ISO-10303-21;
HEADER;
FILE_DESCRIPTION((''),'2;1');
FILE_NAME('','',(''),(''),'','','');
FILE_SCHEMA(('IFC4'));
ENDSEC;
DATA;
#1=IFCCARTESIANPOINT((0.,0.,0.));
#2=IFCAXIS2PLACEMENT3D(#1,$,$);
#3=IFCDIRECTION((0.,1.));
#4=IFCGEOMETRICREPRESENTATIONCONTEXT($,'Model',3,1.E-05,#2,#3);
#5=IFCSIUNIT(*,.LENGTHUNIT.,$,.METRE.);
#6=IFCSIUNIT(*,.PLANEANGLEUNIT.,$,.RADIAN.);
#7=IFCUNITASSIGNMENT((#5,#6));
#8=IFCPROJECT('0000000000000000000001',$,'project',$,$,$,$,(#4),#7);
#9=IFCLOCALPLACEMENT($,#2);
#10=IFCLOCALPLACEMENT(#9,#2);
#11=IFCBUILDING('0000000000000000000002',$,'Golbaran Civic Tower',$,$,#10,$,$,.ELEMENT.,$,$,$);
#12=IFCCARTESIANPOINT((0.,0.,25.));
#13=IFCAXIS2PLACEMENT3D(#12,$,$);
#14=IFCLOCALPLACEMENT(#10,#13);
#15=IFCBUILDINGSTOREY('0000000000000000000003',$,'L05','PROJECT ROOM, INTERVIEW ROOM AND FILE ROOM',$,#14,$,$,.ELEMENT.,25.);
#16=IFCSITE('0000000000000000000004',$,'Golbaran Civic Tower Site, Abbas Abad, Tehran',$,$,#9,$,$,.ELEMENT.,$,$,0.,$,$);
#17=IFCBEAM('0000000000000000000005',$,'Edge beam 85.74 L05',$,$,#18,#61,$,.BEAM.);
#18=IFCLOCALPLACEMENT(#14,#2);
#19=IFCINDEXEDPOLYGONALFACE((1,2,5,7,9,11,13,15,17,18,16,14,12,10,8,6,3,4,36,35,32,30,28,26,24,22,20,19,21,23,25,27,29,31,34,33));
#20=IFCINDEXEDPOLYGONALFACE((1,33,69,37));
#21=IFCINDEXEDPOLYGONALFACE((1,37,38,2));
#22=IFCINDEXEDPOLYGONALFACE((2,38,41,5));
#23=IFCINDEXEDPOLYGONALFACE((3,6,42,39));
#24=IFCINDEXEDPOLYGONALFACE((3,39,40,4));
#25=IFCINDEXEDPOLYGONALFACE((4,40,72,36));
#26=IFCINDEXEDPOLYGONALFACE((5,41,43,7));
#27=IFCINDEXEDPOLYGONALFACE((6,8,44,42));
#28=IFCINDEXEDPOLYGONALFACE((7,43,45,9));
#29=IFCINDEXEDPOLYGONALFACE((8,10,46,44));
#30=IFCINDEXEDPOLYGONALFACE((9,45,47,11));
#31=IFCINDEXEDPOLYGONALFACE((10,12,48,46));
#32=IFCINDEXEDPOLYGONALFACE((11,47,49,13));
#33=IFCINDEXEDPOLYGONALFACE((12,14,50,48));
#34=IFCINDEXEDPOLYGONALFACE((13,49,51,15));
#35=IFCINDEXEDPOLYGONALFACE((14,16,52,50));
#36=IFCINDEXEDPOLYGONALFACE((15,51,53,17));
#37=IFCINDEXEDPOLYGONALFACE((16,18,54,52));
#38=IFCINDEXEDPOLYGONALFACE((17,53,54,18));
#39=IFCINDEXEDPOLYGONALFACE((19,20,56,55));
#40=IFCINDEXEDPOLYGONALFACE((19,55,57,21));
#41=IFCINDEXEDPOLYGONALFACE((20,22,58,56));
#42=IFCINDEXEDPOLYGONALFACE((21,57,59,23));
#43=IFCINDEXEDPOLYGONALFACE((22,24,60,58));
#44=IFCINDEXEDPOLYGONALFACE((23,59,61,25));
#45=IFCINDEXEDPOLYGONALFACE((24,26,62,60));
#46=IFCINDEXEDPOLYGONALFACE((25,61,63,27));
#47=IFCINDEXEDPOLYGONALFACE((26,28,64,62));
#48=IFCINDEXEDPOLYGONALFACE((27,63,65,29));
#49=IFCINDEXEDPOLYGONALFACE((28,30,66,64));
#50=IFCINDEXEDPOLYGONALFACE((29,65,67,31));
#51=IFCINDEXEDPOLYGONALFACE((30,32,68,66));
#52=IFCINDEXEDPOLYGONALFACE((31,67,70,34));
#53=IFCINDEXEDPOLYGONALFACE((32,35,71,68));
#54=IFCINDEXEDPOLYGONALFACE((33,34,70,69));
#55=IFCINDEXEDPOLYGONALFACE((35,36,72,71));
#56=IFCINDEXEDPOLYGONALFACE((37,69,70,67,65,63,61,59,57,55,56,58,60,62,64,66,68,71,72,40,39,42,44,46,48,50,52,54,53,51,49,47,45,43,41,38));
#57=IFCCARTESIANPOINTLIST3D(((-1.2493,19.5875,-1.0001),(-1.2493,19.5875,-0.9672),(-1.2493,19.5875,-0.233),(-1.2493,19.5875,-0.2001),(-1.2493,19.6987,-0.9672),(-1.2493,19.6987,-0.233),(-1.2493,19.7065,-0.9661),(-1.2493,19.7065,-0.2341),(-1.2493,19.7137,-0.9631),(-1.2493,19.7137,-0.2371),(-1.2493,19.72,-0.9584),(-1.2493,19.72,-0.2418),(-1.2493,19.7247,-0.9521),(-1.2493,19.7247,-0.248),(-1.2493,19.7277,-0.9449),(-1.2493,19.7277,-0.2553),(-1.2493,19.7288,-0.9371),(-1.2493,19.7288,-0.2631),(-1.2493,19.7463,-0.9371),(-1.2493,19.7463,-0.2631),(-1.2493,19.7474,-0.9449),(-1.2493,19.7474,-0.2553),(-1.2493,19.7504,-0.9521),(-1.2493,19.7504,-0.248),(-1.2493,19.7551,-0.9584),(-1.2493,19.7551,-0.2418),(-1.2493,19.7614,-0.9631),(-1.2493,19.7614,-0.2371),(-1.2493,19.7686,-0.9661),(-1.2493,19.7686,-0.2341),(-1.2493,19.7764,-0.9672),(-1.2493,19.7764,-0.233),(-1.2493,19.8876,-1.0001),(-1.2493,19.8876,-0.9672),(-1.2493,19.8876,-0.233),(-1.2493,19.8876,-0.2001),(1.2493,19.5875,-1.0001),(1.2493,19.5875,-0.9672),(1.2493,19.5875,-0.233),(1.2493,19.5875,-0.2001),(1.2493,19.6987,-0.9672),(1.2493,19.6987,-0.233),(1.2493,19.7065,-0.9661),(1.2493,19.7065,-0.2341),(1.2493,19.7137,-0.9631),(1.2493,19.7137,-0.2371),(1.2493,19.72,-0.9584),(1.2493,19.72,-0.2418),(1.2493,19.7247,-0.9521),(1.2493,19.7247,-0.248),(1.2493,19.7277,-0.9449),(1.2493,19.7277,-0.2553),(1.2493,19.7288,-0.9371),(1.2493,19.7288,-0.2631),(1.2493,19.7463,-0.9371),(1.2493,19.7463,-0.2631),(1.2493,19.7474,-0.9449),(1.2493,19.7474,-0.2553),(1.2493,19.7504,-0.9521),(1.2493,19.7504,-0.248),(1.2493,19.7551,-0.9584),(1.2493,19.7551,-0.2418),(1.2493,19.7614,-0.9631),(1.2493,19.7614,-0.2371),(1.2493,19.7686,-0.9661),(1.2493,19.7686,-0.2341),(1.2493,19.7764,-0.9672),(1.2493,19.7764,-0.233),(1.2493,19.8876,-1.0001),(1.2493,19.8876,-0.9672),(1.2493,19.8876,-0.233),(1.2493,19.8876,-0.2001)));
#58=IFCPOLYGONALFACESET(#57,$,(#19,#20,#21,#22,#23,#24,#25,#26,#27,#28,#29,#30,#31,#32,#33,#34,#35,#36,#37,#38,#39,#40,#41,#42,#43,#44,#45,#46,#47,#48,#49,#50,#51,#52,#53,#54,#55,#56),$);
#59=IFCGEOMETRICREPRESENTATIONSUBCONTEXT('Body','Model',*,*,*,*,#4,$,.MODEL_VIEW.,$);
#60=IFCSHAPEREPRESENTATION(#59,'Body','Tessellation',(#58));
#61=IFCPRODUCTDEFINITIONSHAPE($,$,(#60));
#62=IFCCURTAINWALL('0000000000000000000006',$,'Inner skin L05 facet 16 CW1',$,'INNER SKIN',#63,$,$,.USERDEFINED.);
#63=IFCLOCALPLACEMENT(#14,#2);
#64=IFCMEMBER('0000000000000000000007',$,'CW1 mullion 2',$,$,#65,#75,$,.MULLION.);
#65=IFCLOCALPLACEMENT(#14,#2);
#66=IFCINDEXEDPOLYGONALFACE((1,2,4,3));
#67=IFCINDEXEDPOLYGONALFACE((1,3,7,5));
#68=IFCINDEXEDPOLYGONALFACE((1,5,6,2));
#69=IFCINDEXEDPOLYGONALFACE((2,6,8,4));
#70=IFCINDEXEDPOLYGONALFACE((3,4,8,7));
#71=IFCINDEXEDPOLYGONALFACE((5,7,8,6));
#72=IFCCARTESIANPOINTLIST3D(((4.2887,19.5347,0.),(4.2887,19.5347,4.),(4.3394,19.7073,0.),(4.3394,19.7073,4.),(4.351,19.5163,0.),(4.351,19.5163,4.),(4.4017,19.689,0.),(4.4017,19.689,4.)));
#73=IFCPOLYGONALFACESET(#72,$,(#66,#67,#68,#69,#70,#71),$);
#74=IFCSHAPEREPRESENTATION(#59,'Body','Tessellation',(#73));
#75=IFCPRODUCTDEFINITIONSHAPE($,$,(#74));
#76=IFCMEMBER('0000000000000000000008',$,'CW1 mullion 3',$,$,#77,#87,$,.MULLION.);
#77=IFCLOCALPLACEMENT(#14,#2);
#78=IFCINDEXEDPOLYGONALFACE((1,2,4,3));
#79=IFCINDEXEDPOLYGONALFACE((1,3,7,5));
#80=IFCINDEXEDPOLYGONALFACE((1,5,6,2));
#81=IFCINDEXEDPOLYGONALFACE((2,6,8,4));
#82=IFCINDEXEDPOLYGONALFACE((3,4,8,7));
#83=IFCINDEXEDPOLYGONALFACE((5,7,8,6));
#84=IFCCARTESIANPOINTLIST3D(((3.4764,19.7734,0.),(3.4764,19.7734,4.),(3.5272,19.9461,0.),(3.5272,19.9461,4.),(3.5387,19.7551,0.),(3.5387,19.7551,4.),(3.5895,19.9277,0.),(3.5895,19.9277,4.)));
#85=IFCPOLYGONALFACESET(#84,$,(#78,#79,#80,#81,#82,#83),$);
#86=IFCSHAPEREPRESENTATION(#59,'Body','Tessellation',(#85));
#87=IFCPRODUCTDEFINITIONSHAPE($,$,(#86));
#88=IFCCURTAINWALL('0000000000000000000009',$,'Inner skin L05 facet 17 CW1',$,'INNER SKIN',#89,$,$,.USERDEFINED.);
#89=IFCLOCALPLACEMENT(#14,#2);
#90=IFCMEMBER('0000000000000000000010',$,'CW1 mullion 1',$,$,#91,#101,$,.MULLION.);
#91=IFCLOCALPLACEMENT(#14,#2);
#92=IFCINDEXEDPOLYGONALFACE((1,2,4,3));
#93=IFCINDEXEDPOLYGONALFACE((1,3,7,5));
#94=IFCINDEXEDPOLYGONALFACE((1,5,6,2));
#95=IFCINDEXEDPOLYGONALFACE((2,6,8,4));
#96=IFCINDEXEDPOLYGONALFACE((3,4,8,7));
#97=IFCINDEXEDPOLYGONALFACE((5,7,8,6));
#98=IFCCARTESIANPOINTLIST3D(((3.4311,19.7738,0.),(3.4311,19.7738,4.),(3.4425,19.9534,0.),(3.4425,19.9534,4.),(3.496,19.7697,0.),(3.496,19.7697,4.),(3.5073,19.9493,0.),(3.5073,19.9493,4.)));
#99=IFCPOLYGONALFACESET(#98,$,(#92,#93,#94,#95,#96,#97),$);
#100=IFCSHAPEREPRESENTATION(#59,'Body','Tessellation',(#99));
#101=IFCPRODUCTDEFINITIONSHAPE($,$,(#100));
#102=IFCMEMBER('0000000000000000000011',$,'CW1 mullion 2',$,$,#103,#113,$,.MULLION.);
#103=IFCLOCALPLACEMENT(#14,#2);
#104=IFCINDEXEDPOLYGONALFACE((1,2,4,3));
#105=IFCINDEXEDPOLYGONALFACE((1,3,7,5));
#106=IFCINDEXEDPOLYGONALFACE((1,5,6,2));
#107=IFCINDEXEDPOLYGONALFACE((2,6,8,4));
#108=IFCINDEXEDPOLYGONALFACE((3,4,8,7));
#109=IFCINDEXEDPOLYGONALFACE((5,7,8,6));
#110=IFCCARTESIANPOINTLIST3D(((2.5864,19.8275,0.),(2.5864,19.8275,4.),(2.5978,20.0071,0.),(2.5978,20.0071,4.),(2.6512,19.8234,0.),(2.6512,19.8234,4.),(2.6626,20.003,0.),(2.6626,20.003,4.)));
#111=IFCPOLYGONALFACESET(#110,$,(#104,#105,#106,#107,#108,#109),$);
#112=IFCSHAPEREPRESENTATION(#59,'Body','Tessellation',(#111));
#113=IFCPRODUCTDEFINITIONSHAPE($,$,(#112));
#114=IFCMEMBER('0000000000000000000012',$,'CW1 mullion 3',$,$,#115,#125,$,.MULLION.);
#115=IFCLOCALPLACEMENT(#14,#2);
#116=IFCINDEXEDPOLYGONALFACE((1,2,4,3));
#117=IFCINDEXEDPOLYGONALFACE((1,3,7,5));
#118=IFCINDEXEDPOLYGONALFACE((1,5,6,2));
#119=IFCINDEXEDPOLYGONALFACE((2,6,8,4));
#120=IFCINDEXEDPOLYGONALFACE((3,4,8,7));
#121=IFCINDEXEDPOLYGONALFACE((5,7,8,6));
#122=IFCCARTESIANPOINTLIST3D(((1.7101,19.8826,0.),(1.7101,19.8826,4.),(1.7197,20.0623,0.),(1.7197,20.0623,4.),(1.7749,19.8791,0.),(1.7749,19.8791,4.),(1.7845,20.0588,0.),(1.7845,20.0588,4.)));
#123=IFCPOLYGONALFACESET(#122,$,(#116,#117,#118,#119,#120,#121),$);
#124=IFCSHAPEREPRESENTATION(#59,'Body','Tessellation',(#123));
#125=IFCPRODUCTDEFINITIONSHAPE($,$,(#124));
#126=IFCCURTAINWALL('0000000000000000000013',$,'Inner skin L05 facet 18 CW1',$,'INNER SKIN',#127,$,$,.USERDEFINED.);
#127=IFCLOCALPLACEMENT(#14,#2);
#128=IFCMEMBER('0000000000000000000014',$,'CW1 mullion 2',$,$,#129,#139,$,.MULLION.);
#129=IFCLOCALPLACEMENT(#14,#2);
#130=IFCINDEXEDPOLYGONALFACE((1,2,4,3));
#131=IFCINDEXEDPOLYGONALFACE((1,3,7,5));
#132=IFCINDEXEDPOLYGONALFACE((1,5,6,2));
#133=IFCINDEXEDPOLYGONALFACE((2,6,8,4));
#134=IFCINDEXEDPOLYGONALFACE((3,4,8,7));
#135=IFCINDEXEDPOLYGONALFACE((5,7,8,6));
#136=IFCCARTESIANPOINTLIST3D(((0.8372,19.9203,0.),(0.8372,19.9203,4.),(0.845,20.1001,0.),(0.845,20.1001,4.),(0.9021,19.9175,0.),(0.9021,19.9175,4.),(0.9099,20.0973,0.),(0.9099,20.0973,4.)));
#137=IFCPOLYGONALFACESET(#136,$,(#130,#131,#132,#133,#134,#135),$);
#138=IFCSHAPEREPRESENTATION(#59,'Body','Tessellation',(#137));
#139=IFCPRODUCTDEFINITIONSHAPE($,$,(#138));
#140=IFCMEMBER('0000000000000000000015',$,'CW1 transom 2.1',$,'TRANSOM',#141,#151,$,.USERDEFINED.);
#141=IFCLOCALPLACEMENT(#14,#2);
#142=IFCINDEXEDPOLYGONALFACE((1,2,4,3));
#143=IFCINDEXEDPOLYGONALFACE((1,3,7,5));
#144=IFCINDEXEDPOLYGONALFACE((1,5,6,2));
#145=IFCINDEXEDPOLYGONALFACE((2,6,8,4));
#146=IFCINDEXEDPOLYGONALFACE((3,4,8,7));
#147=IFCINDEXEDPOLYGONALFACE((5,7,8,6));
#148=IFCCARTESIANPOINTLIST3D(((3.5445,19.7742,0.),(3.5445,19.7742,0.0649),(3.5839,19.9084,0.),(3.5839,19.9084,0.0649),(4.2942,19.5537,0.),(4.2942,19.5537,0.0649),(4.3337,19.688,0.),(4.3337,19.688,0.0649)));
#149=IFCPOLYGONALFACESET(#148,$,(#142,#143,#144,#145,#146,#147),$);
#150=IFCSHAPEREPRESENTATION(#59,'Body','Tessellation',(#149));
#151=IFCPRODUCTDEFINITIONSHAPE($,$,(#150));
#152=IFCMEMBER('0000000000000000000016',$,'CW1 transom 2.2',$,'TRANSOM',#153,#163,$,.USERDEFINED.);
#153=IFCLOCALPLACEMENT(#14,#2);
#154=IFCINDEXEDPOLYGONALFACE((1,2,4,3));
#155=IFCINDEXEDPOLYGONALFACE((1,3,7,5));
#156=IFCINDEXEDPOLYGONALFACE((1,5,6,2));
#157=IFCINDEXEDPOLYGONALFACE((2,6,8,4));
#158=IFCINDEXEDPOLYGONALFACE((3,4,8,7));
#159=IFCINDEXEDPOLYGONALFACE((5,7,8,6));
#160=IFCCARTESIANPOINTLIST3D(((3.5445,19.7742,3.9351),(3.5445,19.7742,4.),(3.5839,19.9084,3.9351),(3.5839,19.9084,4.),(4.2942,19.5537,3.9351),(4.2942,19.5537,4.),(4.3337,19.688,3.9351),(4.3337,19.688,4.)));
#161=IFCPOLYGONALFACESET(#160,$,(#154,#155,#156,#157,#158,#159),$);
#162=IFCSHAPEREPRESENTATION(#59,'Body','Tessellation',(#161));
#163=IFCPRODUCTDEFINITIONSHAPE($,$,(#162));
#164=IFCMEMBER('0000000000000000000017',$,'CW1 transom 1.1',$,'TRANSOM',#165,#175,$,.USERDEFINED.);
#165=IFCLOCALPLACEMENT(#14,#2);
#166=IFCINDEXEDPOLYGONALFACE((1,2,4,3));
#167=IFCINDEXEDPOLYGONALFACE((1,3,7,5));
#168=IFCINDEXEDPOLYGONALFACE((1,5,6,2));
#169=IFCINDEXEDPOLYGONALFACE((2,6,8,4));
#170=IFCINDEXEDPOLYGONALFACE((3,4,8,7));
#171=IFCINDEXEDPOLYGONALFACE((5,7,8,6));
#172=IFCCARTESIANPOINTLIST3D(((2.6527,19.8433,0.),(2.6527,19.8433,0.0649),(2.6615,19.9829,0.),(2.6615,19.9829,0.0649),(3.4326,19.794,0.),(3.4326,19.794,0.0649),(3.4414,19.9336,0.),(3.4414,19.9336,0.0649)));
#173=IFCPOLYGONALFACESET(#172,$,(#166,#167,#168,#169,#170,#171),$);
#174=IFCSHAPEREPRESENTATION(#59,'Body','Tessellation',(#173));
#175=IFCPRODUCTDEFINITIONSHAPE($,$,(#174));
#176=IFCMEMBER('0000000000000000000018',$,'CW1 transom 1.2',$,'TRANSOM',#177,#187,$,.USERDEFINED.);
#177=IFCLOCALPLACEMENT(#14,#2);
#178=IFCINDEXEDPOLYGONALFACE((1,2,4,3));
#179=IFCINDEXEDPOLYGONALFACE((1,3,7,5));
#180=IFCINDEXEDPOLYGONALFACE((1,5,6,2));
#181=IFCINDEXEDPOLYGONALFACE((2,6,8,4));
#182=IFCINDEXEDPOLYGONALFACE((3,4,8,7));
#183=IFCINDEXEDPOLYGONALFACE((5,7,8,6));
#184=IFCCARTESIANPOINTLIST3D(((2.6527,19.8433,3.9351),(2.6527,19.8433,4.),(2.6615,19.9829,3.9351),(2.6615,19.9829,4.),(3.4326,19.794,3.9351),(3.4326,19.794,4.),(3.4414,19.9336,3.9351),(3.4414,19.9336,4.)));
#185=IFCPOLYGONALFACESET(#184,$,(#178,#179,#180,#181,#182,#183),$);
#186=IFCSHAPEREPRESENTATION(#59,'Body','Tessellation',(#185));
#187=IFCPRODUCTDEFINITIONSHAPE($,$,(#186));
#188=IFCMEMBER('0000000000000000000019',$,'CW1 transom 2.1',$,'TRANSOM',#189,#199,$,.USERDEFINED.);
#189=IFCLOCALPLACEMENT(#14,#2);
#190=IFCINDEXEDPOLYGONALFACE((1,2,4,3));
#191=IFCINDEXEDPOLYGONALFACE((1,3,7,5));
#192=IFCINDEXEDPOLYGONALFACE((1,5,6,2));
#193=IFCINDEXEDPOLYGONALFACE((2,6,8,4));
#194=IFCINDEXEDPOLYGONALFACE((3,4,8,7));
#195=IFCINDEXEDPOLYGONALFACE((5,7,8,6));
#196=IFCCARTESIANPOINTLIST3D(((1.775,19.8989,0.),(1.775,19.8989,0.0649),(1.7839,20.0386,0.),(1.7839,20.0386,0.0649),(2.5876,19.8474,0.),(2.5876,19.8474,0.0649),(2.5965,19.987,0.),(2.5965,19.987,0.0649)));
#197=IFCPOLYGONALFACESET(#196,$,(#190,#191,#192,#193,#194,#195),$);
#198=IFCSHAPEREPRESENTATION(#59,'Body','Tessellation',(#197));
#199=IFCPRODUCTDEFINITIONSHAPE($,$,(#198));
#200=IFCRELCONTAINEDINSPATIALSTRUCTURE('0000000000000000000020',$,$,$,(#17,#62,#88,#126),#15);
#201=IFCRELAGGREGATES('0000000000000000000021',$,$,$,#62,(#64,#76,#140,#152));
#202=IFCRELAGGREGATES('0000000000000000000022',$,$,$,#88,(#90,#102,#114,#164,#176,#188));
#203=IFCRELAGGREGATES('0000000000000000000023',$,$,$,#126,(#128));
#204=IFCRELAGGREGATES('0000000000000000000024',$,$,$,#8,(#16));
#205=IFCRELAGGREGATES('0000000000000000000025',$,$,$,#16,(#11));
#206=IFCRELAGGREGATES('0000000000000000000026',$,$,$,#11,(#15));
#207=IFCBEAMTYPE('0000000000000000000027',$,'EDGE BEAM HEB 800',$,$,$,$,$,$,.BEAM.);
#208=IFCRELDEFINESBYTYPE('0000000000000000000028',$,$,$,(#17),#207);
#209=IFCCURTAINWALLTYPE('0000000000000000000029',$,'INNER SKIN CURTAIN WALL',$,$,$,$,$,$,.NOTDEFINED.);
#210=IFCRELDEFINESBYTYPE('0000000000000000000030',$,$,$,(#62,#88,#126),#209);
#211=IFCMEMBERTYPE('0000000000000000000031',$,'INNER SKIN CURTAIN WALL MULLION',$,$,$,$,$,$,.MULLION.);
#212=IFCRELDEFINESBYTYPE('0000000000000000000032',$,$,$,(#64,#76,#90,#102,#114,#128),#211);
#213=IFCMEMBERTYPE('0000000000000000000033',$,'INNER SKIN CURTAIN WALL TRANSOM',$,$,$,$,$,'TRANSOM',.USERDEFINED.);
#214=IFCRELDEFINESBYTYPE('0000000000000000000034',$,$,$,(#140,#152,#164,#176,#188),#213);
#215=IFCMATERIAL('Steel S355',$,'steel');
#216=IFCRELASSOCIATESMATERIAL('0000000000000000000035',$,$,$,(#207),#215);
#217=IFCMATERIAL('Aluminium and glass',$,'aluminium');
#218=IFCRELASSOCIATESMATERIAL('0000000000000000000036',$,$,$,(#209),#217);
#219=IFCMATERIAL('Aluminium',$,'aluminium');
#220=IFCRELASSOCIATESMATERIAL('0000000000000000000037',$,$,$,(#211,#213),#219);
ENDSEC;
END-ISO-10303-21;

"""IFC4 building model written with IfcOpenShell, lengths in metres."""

from ifc_helpers import new_model, si_unit, direction, frame, origin, origin_2d, place, context, subcontext, project, spatial, rectangle, i_section, extrude, material, material_profile, profile_set, type_object, element, aggregate, save


model = new_model("IFC4")

# Units and contexts
model_context = context("Model", 3, precision=1e-05, world=origin(), true_north=direction((0.0, 1.0)))
body_context = subcontext(model_context, "Body", "Model", "MODEL_VIEW")
ifc_project = project(units=[si_unit("LENGTHUNIT", "METRE"), si_unit("PLANEANGLEUNIT", "RADIAN")], contexts=[model_context])

# Site, building, storey
site_placement = place(None, origin())
site = spatial("IfcSite", under=ifc_project, at=site_placement, Name="Golbaran Civic Tower Site, Abbas Abad, Tehran", CompositionType="ELEMENT", RefElevation=0.0)
building_placement = place(site_placement, origin())
building = spatial("IfcBuilding", under=site, at=building_placement, Name="Golbaran Civic Tower", CompositionType="ELEMENT")
storey_placement = place(building_placement, frame((0.0, 0.0, 25.0)))
storey = spatial("IfcBuildingStorey", under=building, at=storey_placement, Name="L05", Description="PROJECT ROOM, INTERVIEW ROOM AND FILE ROOM", CompositionType="ELEMENT", Elevation=25.0)

# Beam
ifc_material_1 = material(Name="Steel S355", Category="steel")
ifc_material_profile_1 = material_profile(ifc_material_1, i_section(OverallWidth=0.3, OverallDepth=0.8, WebThickness=0.0176, FlangeThickness=0.033, FilletRadius=0.03, at=origin_2d()), Name="HEB 800")
ifc_profile_set_1 = profile_set([ifc_material_profile_1], Name="Steel S355")
beam_type = type_object("IfcBeamType", Name="EDGE BEAM HEB 800", PredefinedType="BEAM", material=ifc_profile_set_1)
beam_placement = place(storey_placement, frame((1.2493, 19.7375, -0.6001), z_axis=(-1.0, 0.0, 0.0), x_axis=(0.0, -1.0, 0.0)))
element("IfcBeam", 1, at=beam_placement, inside=storey, type_object=beam_type, Name="Edge beam 85.74 L05", PredefinedType="BEAM", context=body_context, shape_type="SweptSolid", body=[
    extrude(i_section(OverallWidth=0.3, OverallDepth=0.8, WebThickness=0.0176, FlangeThickness=0.033, FilletRadius=0.03, at=origin_2d()), origin(), (0.0, 0.0, 1.0), 2.4985),
])

# Curtain walls, members
ifc_material_2 = material(Name="Aluminium and glass", Category="aluminium")
curtain_wall_type = type_object("IfcCurtainWallType", Name="INNER SKIN CURTAIN WALL", PredefinedType="NOTDEFINED", material=ifc_material_2)
curtain_wall_1_placement = place(storey_placement, origin())
curtain_wall_1 = element("IfcCurtainWall", 2, at=curtain_wall_1_placement, inside=storey, type_object=curtain_wall_type, Name="Inner skin L05 facet 16 CW1", ObjectType="INNER SKIN", PredefinedType="USERDEFINED")
ifc_material_3 = material(Name="Aluminium", Category="aluminium")
ifc_material_profile_2 = material_profile(ifc_material_3, rectangle(XDim=0.1799, YDim=0.0649, at=origin_2d()), Name="INNER SKIN CURTAIN WALL MULLION")
ifc_profile_set_2 = profile_set([ifc_material_profile_2], Name="Aluminium")
member_type_1 = type_object("IfcMemberType", Name="INNER SKIN CURTAIN WALL MULLION", PredefinedType="MULLION", material=ifc_profile_set_2)
member_1_placement = place(storey_placement, frame((4.3452, 19.6118, 0.0), z_axis=(0.0, 0.0, 1.0), x_axis=(-0.281964, -0.959425, 0.0)))
member_1 = element("IfcMember", 3, at=member_1_placement, type_object=member_type_1, Name="CW1 mullion 2", PredefinedType="MULLION", context=body_context, shape_type="SweptSolid", body=[
    extrude(rectangle(XDim=0.1799, YDim=0.0649, at=origin_2d()), origin(), (0.0, 0.0, 1.0), 4.0),
])
member_2_placement = place(storey_placement, frame((3.533, 19.8506, 0.0), z_axis=(0.0, 0.0, 1.0), x_axis=(-0.281964, -0.959425, 0.0)))
member_2 = element("IfcMember", 4, at=member_2_placement, type_object=member_type_1, Name="CW1 mullion 3", PredefinedType="MULLION", context=body_context, shape_type="SweptSolid", body=[
    extrude(rectangle(XDim=0.1799, YDim=0.0649, at=origin_2d()), origin(), (0.0, 0.0, 1.0), 4.0),
])
curtain_wall_2_placement = place(storey_placement, origin())
curtain_wall_2 = element("IfcCurtainWall", 5, at=curtain_wall_2_placement, inside=storey, type_object=curtain_wall_type, Name="Inner skin L05 facet 17 CW1", ObjectType="INNER SKIN", PredefinedType="USERDEFINED")
member_3_placement = place(storey_placement, frame((3.4692, 19.8616, 0.0), z_axis=(0.0, 0.0, 1.0), x_axis=(-0.063183, -0.998002, 0.0)))
member_3 = element("IfcMember", 6, at=member_3_placement, type_object=member_type_1, Name="CW1 mullion 1", PredefinedType="MULLION", context=body_context, shape_type="SweptSolid", body=[
    extrude(rectangle(XDim=0.1799, YDim=0.0649, at=origin_2d()), origin(), (0.0, 0.0, 1.0), 4.0),
])
member_4_placement = place(storey_placement, frame((2.6245, 19.9153, 0.0), z_axis=(0.0, 0.0, 1.0), x_axis=(-0.063183, -0.998002, 0.0)))
member_4 = element("IfcMember", 7, at=member_4_placement, type_object=member_type_1, Name="CW1 mullion 2", PredefinedType="MULLION", context=body_context, shape_type="SweptSolid", body=[
    extrude(rectangle(XDim=0.1799, YDim=0.0649, at=origin_2d()), origin(), (0.0, 0.0, 1.0), 4.0),
])
member_5_placement = place(storey_placement, frame((1.7473, 19.9707, 0.0), z_axis=(0.0, 0.0, 1.0), x_axis=(-0.053404, -0.998573, 0.0)))
member_5 = element("IfcMember", 8, at=member_5_placement, type_object=member_type_1, Name="CW1 mullion 3", PredefinedType="MULLION", context=body_context, shape_type="SweptSolid", body=[
    extrude(rectangle(XDim=0.1799, YDim=0.0649, at=origin_2d()), origin(), (0.0, 0.0, 1.0), 4.0),
])

# Curtain wall, member
curtain_wall_3_placement = place(storey_placement, origin())
curtain_wall_3 = element("IfcCurtainWall", 9, at=curtain_wall_3_placement, inside=storey, type_object=curtain_wall_type, Name="Inner skin L05 facet 18 CW1", ObjectType="INNER SKIN", PredefinedType="USERDEFINED")
member_6_placement = place(storey_placement, frame((0.8735, 20.0088, 0.0), z_axis=(0.0, 0.0, 1.0), x_axis=(-0.043619, -0.999048, 0.0)))
member_6 = element("IfcMember", 10, at=member_6_placement, type_object=member_type_1, Name="CW1 mullion 2", PredefinedType="MULLION", context=body_context, shape_type="SweptSolid", body=[
    extrude(rectangle(XDim=0.1799, YDim=0.0649, at=origin_2d()), origin(), (0.0, 0.0, 1.0), 4.0),
])

# Members
ifc_material_profile_3 = material_profile(ifc_material_3, rectangle(XDim=0.1399, YDim=0.0649, at=origin_2d()), Name="INNER SKIN CURTAIN WALL TRANSOM")
ifc_profile_set_3 = profile_set([ifc_material_profile_3], Name="Aluminium")
member_type_2 = type_object("IfcMemberType", Name="INNER SKIN CURTAIN WALL TRANSOM", ElementType="TRANSOM", PredefinedType="USERDEFINED", material=ifc_profile_set_3)
member_7_placement = place(storey_placement, frame((4.314, 19.6208, 0.0325), z_axis=(-0.959385, 0.282099, 0.0), x_axis=(-0.282099, -0.959385, 0.0)))
member_7 = element("IfcMember", 11, at=member_7_placement, type_object=member_type_2, Name="CW1 transom 2.1", ObjectType="TRANSOM", PredefinedType="USERDEFINED", context=body_context, shape_type="SweptSolid", body=[
    extrude(rectangle(XDim=0.1399, YDim=0.0649, at=origin_2d()), origin(), (0.0, 0.0, 1.0), 0.7815),
])
member_8_placement = place(storey_placement, frame((4.314, 19.6208, 3.9675), z_axis=(-0.959385, 0.282099, 0.0), x_axis=(-0.282099, -0.959385, 0.0)))
member_8 = element("IfcMember", 12, at=member_8_placement, type_object=member_type_2, Name="CW1 transom 2.2", ObjectType="TRANSOM", PredefinedType="USERDEFINED", context=body_context, shape_type="SweptSolid", body=[
    extrude(rectangle(XDim=0.1399, YDim=0.0649, at=origin_2d()), origin(), (0.0, 0.0, 1.0), 0.7815),
])
member_9_placement = place(storey_placement, frame((3.437, 19.8638, 0.0325), z_axis=(-0.998007, 0.063098, 0.0), x_axis=(-0.063098, -0.998007, 0.0)))
member_9 = element("IfcMember", 13, at=member_9_placement, type_object=member_type_2, Name="CW1 transom 1.1", ObjectType="TRANSOM", PredefinedType="USERDEFINED", context=body_context, shape_type="SweptSolid", body=[
    extrude(rectangle(XDim=0.1399, YDim=0.0649, at=origin_2d()), origin(), (0.0, 0.0, 1.0), 0.7815),
])
member_10_placement = place(storey_placement, frame((3.437, 19.8638, 3.9675), z_axis=(-0.998007, 0.063098, 0.0), x_axis=(-0.063098, -0.998007, 0.0)))
member_10 = element("IfcMember", 14, at=member_10_placement, type_object=member_type_2, Name="CW1 transom 1.2", ObjectType="TRANSOM", PredefinedType="USERDEFINED", context=body_context, shape_type="SweptSolid", body=[
    extrude(rectangle(XDim=0.1399, YDim=0.0649, at=origin_2d()), origin(), (0.0, 0.0, 1.0), 0.7815),
])
member_11_placement = place(storey_placement, frame((2.592, 19.9172, 0.0325), z_axis=(-0.997996, 0.063274, 0.0), x_axis=(-0.063274, -0.997996, 0.0)))
member_11 = element("IfcMember", 15, at=member_11_placement, type_object=member_type_2, Name="CW1 transom 2.1", ObjectType="TRANSOM", PredefinedType="USERDEFINED", context=body_context, shape_type="SweptSolid", body=[
    extrude(rectangle(XDim=0.1399, YDim=0.0649, at=origin_2d()), origin(), (0.0, 0.0, 1.0), 0.8142),
])

aggregate(curtain_wall_1, [member_1, member_2, member_7, member_8])
aggregate(curtain_wall_2, [member_3, member_4, member_5, member_9, member_10, member_11])
aggregate(curtain_wall_3, [member_6])

save(model, "model.ifc")
